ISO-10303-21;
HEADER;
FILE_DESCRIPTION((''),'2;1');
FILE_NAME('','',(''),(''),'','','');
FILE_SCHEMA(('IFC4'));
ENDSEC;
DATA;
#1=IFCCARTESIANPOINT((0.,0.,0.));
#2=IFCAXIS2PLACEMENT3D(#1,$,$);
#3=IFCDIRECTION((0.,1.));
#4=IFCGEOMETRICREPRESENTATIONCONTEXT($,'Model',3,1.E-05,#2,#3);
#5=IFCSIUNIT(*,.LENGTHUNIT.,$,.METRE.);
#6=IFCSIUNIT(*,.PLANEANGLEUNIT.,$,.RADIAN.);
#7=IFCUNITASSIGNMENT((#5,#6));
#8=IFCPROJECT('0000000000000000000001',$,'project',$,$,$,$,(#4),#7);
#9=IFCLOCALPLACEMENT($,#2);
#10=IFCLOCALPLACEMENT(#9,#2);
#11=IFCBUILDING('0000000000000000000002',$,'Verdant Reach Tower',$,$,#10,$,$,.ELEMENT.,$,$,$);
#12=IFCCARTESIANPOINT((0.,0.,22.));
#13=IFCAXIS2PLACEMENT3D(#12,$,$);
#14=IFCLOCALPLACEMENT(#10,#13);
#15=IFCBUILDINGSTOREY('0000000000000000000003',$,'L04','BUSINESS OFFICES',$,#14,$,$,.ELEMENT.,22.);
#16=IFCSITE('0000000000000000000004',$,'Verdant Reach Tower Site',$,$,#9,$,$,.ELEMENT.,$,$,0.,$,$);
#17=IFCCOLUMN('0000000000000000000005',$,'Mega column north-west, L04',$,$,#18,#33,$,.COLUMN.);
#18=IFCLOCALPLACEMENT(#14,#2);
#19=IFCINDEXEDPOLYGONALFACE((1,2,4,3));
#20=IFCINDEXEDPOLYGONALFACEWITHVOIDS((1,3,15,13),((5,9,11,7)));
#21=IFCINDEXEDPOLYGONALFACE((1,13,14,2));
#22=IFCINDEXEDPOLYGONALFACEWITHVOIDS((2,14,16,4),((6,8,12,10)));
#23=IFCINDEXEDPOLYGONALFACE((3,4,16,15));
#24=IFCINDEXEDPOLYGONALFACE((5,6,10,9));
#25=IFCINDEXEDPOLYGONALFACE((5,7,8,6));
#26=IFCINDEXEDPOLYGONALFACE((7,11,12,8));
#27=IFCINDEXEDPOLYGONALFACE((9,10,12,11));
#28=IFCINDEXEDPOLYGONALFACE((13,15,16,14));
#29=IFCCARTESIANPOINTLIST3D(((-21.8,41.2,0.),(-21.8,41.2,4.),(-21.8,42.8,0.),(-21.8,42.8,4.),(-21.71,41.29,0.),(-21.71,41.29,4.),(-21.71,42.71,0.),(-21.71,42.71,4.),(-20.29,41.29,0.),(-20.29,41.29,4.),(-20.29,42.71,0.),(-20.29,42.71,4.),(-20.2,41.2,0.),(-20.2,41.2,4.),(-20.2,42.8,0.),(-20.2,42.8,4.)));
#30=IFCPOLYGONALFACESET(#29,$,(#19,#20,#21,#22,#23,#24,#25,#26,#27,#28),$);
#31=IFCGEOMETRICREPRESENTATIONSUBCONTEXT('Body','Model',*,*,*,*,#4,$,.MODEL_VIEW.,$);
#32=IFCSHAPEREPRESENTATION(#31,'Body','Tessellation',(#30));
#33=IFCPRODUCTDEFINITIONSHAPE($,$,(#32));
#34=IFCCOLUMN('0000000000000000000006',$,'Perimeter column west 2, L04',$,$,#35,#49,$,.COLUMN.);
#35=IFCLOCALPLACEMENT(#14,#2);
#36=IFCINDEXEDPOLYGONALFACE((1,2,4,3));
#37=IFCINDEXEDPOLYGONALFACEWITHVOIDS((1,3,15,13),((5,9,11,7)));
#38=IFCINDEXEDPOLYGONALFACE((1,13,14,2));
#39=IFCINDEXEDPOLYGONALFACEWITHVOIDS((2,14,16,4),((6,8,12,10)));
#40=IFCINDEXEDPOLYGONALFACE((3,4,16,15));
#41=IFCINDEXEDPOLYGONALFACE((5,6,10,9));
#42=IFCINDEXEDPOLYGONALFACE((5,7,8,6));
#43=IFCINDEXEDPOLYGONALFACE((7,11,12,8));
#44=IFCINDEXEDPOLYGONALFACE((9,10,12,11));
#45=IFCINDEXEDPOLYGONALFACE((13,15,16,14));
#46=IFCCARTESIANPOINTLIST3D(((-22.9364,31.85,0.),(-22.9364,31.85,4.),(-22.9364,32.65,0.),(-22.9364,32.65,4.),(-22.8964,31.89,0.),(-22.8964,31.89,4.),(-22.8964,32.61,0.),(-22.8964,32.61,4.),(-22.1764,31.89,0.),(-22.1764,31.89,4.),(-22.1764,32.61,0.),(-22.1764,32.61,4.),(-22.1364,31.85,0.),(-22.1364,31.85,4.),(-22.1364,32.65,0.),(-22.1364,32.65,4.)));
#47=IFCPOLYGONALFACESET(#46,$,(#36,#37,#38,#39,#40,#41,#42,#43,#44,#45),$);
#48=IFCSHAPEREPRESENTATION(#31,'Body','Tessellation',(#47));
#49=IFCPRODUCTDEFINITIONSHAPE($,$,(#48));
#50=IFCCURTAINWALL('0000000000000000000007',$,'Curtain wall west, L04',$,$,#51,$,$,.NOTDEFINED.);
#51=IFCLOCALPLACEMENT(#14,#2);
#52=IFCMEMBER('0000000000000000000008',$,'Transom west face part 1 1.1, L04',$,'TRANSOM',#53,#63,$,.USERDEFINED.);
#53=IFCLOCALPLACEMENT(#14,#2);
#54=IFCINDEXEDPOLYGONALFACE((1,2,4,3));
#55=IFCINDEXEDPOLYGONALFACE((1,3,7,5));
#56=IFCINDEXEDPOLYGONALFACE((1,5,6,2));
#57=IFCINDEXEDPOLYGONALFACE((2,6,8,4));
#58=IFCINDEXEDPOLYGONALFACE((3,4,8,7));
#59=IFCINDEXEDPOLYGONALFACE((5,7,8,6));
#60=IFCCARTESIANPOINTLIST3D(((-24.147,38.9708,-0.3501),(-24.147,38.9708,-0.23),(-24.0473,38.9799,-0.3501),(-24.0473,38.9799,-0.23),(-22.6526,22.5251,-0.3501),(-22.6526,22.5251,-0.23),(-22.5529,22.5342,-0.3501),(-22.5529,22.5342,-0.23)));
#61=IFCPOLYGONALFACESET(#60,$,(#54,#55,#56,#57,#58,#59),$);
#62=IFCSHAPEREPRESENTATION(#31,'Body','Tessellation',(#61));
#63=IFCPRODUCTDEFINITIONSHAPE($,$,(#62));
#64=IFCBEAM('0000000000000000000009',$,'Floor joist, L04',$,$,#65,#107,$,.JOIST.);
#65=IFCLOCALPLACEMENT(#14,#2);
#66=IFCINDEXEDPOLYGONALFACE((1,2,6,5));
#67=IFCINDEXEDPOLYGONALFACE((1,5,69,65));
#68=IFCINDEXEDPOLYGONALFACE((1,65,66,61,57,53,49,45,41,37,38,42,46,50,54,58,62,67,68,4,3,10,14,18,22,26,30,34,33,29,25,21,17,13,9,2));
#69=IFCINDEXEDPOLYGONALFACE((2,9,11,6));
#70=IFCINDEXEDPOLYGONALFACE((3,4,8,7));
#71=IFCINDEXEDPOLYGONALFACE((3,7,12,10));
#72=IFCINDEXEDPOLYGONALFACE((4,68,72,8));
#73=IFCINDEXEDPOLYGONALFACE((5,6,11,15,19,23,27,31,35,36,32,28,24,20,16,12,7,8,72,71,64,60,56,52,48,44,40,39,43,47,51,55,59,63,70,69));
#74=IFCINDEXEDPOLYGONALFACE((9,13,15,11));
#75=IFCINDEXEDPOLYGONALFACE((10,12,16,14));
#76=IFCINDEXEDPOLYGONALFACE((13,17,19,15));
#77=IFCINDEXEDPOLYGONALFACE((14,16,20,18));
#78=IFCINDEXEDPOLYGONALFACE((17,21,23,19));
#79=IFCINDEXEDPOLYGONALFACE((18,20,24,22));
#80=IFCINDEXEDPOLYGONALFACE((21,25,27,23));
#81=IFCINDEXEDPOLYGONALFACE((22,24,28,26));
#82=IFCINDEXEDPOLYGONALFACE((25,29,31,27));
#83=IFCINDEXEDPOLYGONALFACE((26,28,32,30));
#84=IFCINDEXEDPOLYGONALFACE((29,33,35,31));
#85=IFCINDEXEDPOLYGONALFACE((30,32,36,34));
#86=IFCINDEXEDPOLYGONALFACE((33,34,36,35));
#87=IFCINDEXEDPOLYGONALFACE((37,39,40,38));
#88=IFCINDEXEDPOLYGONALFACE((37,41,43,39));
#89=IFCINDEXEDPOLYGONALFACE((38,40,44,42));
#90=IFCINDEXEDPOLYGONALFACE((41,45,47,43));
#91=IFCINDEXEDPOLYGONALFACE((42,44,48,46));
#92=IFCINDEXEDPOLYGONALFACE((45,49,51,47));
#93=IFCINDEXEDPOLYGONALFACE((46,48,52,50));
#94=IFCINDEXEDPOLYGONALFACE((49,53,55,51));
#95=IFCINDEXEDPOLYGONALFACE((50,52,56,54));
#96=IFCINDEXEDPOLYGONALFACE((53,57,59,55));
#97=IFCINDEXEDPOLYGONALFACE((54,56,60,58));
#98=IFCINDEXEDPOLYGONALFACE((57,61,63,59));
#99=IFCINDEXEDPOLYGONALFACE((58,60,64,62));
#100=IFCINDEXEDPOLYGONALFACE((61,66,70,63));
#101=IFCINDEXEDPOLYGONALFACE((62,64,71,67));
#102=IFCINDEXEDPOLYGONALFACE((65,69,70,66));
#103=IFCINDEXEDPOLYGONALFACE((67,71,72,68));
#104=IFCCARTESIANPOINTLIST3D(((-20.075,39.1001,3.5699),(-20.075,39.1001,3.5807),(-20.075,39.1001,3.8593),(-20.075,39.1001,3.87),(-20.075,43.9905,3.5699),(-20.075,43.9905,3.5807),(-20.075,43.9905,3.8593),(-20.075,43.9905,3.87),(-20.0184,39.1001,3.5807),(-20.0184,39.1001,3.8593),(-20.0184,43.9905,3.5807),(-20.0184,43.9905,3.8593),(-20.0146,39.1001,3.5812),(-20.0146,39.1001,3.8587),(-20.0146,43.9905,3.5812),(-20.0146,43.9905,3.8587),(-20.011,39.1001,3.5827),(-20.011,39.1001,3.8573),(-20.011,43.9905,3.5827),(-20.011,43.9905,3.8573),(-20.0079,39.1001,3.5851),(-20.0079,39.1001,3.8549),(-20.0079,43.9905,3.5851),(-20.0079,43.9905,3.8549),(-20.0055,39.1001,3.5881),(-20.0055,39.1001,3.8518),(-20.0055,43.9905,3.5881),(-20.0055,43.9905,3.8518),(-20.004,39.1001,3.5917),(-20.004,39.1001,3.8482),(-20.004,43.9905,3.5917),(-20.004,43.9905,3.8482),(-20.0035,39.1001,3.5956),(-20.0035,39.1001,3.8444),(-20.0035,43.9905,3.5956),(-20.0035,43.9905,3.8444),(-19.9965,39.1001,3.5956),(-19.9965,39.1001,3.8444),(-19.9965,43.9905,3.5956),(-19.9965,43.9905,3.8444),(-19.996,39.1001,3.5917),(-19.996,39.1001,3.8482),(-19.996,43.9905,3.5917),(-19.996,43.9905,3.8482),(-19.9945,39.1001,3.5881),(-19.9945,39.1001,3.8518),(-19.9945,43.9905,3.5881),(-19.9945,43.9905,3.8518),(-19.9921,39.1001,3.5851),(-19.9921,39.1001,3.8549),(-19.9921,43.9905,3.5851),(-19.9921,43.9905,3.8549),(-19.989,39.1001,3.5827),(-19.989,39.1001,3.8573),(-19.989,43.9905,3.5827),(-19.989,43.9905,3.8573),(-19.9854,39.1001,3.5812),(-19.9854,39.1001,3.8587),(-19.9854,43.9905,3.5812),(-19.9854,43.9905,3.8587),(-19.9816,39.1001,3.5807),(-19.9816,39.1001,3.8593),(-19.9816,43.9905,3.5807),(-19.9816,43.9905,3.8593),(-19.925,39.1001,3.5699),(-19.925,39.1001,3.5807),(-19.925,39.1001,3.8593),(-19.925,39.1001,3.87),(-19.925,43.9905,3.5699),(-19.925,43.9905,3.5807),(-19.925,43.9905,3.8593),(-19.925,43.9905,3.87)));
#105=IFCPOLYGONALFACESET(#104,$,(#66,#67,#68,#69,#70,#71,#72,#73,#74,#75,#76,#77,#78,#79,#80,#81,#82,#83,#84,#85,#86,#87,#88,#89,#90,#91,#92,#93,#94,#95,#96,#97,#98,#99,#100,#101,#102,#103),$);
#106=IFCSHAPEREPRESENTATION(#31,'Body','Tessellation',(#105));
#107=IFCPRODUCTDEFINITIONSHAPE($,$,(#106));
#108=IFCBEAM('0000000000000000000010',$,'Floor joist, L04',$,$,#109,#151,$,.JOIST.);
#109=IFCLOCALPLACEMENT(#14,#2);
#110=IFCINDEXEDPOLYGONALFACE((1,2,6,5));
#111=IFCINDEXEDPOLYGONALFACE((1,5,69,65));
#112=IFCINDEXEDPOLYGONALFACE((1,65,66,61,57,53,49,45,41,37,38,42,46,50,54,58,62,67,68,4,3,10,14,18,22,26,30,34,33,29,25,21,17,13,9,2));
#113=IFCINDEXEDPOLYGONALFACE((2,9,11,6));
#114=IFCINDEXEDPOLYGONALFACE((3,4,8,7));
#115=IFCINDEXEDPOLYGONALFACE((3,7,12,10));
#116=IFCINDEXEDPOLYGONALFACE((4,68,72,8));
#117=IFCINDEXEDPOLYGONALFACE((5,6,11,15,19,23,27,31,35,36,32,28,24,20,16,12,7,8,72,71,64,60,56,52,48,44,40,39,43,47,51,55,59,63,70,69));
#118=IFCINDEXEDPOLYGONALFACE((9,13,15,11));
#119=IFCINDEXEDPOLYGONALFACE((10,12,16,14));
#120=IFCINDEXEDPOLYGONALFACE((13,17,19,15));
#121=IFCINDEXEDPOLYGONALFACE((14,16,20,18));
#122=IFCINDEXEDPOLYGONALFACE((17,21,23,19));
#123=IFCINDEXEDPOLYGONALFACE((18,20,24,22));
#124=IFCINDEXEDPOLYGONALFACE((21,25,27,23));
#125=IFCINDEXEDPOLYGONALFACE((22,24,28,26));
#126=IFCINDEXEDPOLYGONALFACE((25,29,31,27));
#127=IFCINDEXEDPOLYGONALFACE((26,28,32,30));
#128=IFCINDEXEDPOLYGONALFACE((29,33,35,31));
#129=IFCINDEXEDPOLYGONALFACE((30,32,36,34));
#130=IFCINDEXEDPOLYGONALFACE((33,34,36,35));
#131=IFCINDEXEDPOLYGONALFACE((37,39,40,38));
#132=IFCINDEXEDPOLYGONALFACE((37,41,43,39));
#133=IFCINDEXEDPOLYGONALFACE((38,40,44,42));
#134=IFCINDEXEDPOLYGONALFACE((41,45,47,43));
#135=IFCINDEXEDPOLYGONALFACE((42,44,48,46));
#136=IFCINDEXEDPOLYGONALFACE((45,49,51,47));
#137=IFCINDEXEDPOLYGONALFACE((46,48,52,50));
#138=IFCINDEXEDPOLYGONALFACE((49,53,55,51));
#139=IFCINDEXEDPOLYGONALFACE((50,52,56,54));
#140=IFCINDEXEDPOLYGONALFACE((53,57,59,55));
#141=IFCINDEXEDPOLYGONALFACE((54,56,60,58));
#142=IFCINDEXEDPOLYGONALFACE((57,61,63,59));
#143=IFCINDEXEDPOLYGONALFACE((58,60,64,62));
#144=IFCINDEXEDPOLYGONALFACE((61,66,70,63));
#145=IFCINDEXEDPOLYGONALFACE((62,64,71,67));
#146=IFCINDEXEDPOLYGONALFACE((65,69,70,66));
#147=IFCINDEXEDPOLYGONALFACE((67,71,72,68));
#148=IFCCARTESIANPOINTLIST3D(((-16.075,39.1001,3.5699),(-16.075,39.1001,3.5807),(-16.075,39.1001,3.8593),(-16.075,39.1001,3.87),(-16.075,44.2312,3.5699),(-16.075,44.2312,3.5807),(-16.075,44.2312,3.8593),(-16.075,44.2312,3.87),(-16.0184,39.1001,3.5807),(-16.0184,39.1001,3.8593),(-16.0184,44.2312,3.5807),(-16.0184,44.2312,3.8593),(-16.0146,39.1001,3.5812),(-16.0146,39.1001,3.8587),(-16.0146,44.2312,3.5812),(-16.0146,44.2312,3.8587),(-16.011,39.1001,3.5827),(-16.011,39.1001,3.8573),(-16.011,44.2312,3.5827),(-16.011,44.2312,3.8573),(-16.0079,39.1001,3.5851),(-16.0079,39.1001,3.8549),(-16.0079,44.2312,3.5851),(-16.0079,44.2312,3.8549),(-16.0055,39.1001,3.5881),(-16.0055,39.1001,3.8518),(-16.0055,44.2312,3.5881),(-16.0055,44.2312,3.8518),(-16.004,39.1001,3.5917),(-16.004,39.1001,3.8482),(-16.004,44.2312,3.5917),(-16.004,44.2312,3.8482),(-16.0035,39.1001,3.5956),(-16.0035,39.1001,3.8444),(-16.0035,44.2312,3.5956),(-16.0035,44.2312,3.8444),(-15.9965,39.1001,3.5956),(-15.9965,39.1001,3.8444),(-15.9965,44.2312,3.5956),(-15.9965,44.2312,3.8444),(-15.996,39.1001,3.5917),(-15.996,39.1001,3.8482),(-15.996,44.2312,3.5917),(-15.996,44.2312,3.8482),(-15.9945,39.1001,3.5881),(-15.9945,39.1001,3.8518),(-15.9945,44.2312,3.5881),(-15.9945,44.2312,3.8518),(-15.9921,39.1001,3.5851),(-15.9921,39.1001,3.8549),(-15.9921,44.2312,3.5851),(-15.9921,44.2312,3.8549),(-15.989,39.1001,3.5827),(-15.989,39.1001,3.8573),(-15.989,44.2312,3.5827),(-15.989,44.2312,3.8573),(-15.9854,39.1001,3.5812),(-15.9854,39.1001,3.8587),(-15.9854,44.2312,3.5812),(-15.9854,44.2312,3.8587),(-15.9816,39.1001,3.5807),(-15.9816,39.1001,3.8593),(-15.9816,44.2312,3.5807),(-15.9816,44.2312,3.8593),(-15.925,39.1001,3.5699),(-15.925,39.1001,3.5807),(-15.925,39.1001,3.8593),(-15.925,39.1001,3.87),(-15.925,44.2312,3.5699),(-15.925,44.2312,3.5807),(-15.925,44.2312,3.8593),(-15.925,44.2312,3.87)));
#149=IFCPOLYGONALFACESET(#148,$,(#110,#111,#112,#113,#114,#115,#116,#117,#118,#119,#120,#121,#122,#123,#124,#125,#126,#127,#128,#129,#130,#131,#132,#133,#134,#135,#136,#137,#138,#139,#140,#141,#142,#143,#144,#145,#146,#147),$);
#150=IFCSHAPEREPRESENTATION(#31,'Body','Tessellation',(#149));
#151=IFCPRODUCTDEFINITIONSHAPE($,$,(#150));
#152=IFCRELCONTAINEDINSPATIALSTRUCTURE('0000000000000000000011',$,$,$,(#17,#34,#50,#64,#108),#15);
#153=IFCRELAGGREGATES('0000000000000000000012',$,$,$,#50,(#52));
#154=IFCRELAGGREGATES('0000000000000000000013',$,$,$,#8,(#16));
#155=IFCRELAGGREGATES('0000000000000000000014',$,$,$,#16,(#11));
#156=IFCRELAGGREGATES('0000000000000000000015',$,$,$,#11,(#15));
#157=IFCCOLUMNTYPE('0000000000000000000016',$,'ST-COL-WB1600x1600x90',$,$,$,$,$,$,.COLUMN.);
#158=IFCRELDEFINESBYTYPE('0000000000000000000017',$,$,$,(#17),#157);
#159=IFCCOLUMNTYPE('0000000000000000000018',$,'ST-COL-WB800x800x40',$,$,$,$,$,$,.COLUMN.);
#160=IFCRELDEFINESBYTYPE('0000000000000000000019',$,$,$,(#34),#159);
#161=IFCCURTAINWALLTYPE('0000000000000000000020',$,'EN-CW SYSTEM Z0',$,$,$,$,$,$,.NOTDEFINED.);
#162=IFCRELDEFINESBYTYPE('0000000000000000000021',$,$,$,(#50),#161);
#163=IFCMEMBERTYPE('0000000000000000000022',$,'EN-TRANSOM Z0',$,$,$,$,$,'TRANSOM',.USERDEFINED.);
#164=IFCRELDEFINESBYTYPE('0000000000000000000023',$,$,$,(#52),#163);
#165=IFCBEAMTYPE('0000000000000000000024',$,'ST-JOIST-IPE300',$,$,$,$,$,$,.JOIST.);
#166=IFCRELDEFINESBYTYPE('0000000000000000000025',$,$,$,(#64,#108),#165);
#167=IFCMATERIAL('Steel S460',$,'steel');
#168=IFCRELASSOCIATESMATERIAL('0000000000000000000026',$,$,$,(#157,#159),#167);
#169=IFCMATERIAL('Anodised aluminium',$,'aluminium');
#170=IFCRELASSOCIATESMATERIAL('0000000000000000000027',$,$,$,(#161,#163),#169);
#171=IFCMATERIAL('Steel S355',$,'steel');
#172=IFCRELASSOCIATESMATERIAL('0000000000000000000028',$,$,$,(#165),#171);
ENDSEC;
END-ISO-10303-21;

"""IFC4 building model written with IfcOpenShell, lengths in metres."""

from ifc_helpers import new_model, si_unit, direction, frame, origin, origin_2d, place, context, subcontext, project, spatial, rectangle, hollow_rectangle, i_section, extrude, material, material_profile, profile_set, type_object, element, aggregate, save


model = new_model("IFC4")

# Units and contexts
model_context = context("Model", 3, precision=1e-05, world=origin(), true_north=direction((0.0, 1.0)))
body_context = subcontext(model_context, "Body", "Model", "MODEL_VIEW")
ifc_project = project(units=[si_unit("LENGTHUNIT", "METRE"), si_unit("PLANEANGLEUNIT", "RADIAN")], contexts=[model_context])

# Site, building, storey
site_placement = place(None, origin())
site = spatial("IfcSite", under=ifc_project, at=site_placement, Name="Verdant Reach Tower Site", CompositionType="ELEMENT", RefElevation=0.0)
building_placement = place(site_placement, origin())
building = spatial("IfcBuilding", under=site, at=building_placement, Name="Verdant Reach Tower", CompositionType="ELEMENT")
storey_placement = place(building_placement, frame((0.0, 0.0, 22.0)))
storey = spatial("IfcBuildingStorey", under=building, at=storey_placement, Name="L04", Description="BUSINESS OFFICES", CompositionType="ELEMENT", Elevation=22.0)

# Columns
ifc_material_1 = material(Name="Steel S460", Category="steel")
ifc_material_profile_1 = material_profile(ifc_material_1, hollow_rectangle(XDim=1.6001, YDim=1.6001, WallThickness=0.0901, at=origin_2d()), Name="WB 1600x1600x90")
ifc_profile_set_1 = profile_set([ifc_material_profile_1], Name="Steel S460")
column_type_1 = type_object("IfcColumnType", Name="ST-COL-WB1600x1600x90", PredefinedType="COLUMN", material=ifc_profile_set_1)
column_1_placement = place(storey_placement, frame((-21.0, 42.0, 0.0), z_axis=(0.0, 0.0, 1.0), x_axis=(1.0, 0.0, 0.0)))
element("IfcColumn", 1, at=column_1_placement, inside=storey, type_object=column_type_1, Name="Mega column north-west, L04", PredefinedType="COLUMN", context=body_context, shape_type="SweptSolid", body=[
    extrude(hollow_rectangle(XDim=1.6001, YDim=1.6001, WallThickness=0.0901, at=origin_2d()), origin(), (0.0, 0.0, 1.0), 4.0),
])
ifc_material_profile_2 = material_profile(ifc_material_1, hollow_rectangle(XDim=0.8, YDim=0.8, WallThickness=0.04, at=origin_2d()), Name="WB 800x800x40")
ifc_profile_set_2 = profile_set([ifc_material_profile_2], Name="Steel S460")
column_type_2 = type_object("IfcColumnType", Name="ST-COL-WB800x800x40", PredefinedType="COLUMN", material=ifc_profile_set_2)
column_2_placement = place(storey_placement, frame((-22.5364, 32.25, 0.0), z_axis=(0.0, 0.0, 1.0), x_axis=(1.0, 0.0, 0.0)))
element("IfcColumn", 2, at=column_2_placement, inside=storey, type_object=column_type_2, Name="Perimeter column west 2, L04", PredefinedType="COLUMN", context=body_context, shape_type="SweptSolid", body=[
    extrude(hollow_rectangle(XDim=0.8, YDim=0.8, WallThickness=0.04, at=origin_2d()), origin(), (0.0, 0.0, 1.0), 4.0),
])

# Curtain wall, member
ifc_material_2 = material(Name="Anodised aluminium", Category="aluminium")
curtain_wall_type = type_object("IfcCurtainWallType", Name="EN-CW SYSTEM Z0", PredefinedType="NOTDEFINED", material=ifc_material_2)
curtain_wall_1_placement = place(storey_placement, origin())
curtain_wall_1 = element("IfcCurtainWall", 3, at=curtain_wall_1_placement, inside=storey, type_object=curtain_wall_type, Name="Curtain wall west, L04", PredefinedType="NOTDEFINED")
ifc_material_profile_3 = material_profile(ifc_material_2, rectangle(XDim=0.1001, YDim=0.1201, at=origin_2d()), Name="Transom 120x100")
ifc_profile_set_3 = profile_set([ifc_material_profile_3], Name="Anodised aluminium")
member_type = type_object("IfcMemberType", Name="EN-TRANSOM Z0", ElementType="TRANSOM", PredefinedType="USERDEFINED", material=ifc_profile_set_3)
member_placement = place(storey_placement, frame((-24.0972, 38.9753, -0.29), z_axis=(0.090496, -0.995897, 0.0), x_axis=(0.995897, 0.090496, 0.0)))
member = element("IfcMember", 4, at=member_placement, type_object=member_type, Name="Transom west face part 1 1.1, L04", ObjectType="TRANSOM", PredefinedType="USERDEFINED", context=body_context, shape_type="SweptSolid", body=[
    extrude(rectangle(XDim=0.1001, YDim=0.1201, at=origin_2d()), origin(), (0.0, 0.0, 1.0), 16.5134),
])

# Beams
ifc_material_3 = material(Name="Steel S355", Category="steel")
ifc_material_profile_4 = material_profile(ifc_material_3, i_section(OverallWidth=0.1499, OverallDepth=0.3, WebThickness=0.0071, FlangeThickness=0.0107, FilletRadius=0.0149, at=origin_2d()), Name="IPE 300")
ifc_profile_set_4 = profile_set([ifc_material_profile_4], Name="Steel S355")
beam_type_1 = type_object("IfcBeamType", Name="ST-JOIST-IPE300", PredefinedType="JOIST", material=ifc_profile_set_4)
beam_1_placement = place(storey_placement, frame((-20.0, 39.1001, 3.72), z_axis=(0.0, 1.0, 0.0), x_axis=(-1.0, 0.0, 0.0)))
element("IfcBeam", 5, at=beam_1_placement, inside=storey, type_object=beam_type_1, Name="Floor joist, L04", PredefinedType="JOIST", context=body_context, shape_type="SweptSolid", body=[
    extrude(i_section(OverallWidth=0.1499, OverallDepth=0.3, WebThickness=0.0071, FlangeThickness=0.0107, FilletRadius=0.0149, at=origin_2d()), origin(), (0.0, 0.0, 1.0), 4.8904),
])
beam_2_placement = place(storey_placement, frame((-16.0, 39.1001, 3.72), z_axis=(0.0, 1.0, 0.0), x_axis=(-1.0, 0.0, 0.0)))
element("IfcBeam", 6, at=beam_2_placement, inside=storey, type_object=beam_type_1, Name="Floor joist, L04", PredefinedType="JOIST", context=body_context, shape_type="SweptSolid", body=[
    extrude(i_section(OverallWidth=0.1499, OverallDepth=0.3, WebThickness=0.0071, FlangeThickness=0.0107, FilletRadius=0.0149, at=origin_2d()), origin(), (0.0, 0.0, 1.0), 5.1311),
])

aggregate(curtain_wall_1, [member])

save(model, "model.ifc")
